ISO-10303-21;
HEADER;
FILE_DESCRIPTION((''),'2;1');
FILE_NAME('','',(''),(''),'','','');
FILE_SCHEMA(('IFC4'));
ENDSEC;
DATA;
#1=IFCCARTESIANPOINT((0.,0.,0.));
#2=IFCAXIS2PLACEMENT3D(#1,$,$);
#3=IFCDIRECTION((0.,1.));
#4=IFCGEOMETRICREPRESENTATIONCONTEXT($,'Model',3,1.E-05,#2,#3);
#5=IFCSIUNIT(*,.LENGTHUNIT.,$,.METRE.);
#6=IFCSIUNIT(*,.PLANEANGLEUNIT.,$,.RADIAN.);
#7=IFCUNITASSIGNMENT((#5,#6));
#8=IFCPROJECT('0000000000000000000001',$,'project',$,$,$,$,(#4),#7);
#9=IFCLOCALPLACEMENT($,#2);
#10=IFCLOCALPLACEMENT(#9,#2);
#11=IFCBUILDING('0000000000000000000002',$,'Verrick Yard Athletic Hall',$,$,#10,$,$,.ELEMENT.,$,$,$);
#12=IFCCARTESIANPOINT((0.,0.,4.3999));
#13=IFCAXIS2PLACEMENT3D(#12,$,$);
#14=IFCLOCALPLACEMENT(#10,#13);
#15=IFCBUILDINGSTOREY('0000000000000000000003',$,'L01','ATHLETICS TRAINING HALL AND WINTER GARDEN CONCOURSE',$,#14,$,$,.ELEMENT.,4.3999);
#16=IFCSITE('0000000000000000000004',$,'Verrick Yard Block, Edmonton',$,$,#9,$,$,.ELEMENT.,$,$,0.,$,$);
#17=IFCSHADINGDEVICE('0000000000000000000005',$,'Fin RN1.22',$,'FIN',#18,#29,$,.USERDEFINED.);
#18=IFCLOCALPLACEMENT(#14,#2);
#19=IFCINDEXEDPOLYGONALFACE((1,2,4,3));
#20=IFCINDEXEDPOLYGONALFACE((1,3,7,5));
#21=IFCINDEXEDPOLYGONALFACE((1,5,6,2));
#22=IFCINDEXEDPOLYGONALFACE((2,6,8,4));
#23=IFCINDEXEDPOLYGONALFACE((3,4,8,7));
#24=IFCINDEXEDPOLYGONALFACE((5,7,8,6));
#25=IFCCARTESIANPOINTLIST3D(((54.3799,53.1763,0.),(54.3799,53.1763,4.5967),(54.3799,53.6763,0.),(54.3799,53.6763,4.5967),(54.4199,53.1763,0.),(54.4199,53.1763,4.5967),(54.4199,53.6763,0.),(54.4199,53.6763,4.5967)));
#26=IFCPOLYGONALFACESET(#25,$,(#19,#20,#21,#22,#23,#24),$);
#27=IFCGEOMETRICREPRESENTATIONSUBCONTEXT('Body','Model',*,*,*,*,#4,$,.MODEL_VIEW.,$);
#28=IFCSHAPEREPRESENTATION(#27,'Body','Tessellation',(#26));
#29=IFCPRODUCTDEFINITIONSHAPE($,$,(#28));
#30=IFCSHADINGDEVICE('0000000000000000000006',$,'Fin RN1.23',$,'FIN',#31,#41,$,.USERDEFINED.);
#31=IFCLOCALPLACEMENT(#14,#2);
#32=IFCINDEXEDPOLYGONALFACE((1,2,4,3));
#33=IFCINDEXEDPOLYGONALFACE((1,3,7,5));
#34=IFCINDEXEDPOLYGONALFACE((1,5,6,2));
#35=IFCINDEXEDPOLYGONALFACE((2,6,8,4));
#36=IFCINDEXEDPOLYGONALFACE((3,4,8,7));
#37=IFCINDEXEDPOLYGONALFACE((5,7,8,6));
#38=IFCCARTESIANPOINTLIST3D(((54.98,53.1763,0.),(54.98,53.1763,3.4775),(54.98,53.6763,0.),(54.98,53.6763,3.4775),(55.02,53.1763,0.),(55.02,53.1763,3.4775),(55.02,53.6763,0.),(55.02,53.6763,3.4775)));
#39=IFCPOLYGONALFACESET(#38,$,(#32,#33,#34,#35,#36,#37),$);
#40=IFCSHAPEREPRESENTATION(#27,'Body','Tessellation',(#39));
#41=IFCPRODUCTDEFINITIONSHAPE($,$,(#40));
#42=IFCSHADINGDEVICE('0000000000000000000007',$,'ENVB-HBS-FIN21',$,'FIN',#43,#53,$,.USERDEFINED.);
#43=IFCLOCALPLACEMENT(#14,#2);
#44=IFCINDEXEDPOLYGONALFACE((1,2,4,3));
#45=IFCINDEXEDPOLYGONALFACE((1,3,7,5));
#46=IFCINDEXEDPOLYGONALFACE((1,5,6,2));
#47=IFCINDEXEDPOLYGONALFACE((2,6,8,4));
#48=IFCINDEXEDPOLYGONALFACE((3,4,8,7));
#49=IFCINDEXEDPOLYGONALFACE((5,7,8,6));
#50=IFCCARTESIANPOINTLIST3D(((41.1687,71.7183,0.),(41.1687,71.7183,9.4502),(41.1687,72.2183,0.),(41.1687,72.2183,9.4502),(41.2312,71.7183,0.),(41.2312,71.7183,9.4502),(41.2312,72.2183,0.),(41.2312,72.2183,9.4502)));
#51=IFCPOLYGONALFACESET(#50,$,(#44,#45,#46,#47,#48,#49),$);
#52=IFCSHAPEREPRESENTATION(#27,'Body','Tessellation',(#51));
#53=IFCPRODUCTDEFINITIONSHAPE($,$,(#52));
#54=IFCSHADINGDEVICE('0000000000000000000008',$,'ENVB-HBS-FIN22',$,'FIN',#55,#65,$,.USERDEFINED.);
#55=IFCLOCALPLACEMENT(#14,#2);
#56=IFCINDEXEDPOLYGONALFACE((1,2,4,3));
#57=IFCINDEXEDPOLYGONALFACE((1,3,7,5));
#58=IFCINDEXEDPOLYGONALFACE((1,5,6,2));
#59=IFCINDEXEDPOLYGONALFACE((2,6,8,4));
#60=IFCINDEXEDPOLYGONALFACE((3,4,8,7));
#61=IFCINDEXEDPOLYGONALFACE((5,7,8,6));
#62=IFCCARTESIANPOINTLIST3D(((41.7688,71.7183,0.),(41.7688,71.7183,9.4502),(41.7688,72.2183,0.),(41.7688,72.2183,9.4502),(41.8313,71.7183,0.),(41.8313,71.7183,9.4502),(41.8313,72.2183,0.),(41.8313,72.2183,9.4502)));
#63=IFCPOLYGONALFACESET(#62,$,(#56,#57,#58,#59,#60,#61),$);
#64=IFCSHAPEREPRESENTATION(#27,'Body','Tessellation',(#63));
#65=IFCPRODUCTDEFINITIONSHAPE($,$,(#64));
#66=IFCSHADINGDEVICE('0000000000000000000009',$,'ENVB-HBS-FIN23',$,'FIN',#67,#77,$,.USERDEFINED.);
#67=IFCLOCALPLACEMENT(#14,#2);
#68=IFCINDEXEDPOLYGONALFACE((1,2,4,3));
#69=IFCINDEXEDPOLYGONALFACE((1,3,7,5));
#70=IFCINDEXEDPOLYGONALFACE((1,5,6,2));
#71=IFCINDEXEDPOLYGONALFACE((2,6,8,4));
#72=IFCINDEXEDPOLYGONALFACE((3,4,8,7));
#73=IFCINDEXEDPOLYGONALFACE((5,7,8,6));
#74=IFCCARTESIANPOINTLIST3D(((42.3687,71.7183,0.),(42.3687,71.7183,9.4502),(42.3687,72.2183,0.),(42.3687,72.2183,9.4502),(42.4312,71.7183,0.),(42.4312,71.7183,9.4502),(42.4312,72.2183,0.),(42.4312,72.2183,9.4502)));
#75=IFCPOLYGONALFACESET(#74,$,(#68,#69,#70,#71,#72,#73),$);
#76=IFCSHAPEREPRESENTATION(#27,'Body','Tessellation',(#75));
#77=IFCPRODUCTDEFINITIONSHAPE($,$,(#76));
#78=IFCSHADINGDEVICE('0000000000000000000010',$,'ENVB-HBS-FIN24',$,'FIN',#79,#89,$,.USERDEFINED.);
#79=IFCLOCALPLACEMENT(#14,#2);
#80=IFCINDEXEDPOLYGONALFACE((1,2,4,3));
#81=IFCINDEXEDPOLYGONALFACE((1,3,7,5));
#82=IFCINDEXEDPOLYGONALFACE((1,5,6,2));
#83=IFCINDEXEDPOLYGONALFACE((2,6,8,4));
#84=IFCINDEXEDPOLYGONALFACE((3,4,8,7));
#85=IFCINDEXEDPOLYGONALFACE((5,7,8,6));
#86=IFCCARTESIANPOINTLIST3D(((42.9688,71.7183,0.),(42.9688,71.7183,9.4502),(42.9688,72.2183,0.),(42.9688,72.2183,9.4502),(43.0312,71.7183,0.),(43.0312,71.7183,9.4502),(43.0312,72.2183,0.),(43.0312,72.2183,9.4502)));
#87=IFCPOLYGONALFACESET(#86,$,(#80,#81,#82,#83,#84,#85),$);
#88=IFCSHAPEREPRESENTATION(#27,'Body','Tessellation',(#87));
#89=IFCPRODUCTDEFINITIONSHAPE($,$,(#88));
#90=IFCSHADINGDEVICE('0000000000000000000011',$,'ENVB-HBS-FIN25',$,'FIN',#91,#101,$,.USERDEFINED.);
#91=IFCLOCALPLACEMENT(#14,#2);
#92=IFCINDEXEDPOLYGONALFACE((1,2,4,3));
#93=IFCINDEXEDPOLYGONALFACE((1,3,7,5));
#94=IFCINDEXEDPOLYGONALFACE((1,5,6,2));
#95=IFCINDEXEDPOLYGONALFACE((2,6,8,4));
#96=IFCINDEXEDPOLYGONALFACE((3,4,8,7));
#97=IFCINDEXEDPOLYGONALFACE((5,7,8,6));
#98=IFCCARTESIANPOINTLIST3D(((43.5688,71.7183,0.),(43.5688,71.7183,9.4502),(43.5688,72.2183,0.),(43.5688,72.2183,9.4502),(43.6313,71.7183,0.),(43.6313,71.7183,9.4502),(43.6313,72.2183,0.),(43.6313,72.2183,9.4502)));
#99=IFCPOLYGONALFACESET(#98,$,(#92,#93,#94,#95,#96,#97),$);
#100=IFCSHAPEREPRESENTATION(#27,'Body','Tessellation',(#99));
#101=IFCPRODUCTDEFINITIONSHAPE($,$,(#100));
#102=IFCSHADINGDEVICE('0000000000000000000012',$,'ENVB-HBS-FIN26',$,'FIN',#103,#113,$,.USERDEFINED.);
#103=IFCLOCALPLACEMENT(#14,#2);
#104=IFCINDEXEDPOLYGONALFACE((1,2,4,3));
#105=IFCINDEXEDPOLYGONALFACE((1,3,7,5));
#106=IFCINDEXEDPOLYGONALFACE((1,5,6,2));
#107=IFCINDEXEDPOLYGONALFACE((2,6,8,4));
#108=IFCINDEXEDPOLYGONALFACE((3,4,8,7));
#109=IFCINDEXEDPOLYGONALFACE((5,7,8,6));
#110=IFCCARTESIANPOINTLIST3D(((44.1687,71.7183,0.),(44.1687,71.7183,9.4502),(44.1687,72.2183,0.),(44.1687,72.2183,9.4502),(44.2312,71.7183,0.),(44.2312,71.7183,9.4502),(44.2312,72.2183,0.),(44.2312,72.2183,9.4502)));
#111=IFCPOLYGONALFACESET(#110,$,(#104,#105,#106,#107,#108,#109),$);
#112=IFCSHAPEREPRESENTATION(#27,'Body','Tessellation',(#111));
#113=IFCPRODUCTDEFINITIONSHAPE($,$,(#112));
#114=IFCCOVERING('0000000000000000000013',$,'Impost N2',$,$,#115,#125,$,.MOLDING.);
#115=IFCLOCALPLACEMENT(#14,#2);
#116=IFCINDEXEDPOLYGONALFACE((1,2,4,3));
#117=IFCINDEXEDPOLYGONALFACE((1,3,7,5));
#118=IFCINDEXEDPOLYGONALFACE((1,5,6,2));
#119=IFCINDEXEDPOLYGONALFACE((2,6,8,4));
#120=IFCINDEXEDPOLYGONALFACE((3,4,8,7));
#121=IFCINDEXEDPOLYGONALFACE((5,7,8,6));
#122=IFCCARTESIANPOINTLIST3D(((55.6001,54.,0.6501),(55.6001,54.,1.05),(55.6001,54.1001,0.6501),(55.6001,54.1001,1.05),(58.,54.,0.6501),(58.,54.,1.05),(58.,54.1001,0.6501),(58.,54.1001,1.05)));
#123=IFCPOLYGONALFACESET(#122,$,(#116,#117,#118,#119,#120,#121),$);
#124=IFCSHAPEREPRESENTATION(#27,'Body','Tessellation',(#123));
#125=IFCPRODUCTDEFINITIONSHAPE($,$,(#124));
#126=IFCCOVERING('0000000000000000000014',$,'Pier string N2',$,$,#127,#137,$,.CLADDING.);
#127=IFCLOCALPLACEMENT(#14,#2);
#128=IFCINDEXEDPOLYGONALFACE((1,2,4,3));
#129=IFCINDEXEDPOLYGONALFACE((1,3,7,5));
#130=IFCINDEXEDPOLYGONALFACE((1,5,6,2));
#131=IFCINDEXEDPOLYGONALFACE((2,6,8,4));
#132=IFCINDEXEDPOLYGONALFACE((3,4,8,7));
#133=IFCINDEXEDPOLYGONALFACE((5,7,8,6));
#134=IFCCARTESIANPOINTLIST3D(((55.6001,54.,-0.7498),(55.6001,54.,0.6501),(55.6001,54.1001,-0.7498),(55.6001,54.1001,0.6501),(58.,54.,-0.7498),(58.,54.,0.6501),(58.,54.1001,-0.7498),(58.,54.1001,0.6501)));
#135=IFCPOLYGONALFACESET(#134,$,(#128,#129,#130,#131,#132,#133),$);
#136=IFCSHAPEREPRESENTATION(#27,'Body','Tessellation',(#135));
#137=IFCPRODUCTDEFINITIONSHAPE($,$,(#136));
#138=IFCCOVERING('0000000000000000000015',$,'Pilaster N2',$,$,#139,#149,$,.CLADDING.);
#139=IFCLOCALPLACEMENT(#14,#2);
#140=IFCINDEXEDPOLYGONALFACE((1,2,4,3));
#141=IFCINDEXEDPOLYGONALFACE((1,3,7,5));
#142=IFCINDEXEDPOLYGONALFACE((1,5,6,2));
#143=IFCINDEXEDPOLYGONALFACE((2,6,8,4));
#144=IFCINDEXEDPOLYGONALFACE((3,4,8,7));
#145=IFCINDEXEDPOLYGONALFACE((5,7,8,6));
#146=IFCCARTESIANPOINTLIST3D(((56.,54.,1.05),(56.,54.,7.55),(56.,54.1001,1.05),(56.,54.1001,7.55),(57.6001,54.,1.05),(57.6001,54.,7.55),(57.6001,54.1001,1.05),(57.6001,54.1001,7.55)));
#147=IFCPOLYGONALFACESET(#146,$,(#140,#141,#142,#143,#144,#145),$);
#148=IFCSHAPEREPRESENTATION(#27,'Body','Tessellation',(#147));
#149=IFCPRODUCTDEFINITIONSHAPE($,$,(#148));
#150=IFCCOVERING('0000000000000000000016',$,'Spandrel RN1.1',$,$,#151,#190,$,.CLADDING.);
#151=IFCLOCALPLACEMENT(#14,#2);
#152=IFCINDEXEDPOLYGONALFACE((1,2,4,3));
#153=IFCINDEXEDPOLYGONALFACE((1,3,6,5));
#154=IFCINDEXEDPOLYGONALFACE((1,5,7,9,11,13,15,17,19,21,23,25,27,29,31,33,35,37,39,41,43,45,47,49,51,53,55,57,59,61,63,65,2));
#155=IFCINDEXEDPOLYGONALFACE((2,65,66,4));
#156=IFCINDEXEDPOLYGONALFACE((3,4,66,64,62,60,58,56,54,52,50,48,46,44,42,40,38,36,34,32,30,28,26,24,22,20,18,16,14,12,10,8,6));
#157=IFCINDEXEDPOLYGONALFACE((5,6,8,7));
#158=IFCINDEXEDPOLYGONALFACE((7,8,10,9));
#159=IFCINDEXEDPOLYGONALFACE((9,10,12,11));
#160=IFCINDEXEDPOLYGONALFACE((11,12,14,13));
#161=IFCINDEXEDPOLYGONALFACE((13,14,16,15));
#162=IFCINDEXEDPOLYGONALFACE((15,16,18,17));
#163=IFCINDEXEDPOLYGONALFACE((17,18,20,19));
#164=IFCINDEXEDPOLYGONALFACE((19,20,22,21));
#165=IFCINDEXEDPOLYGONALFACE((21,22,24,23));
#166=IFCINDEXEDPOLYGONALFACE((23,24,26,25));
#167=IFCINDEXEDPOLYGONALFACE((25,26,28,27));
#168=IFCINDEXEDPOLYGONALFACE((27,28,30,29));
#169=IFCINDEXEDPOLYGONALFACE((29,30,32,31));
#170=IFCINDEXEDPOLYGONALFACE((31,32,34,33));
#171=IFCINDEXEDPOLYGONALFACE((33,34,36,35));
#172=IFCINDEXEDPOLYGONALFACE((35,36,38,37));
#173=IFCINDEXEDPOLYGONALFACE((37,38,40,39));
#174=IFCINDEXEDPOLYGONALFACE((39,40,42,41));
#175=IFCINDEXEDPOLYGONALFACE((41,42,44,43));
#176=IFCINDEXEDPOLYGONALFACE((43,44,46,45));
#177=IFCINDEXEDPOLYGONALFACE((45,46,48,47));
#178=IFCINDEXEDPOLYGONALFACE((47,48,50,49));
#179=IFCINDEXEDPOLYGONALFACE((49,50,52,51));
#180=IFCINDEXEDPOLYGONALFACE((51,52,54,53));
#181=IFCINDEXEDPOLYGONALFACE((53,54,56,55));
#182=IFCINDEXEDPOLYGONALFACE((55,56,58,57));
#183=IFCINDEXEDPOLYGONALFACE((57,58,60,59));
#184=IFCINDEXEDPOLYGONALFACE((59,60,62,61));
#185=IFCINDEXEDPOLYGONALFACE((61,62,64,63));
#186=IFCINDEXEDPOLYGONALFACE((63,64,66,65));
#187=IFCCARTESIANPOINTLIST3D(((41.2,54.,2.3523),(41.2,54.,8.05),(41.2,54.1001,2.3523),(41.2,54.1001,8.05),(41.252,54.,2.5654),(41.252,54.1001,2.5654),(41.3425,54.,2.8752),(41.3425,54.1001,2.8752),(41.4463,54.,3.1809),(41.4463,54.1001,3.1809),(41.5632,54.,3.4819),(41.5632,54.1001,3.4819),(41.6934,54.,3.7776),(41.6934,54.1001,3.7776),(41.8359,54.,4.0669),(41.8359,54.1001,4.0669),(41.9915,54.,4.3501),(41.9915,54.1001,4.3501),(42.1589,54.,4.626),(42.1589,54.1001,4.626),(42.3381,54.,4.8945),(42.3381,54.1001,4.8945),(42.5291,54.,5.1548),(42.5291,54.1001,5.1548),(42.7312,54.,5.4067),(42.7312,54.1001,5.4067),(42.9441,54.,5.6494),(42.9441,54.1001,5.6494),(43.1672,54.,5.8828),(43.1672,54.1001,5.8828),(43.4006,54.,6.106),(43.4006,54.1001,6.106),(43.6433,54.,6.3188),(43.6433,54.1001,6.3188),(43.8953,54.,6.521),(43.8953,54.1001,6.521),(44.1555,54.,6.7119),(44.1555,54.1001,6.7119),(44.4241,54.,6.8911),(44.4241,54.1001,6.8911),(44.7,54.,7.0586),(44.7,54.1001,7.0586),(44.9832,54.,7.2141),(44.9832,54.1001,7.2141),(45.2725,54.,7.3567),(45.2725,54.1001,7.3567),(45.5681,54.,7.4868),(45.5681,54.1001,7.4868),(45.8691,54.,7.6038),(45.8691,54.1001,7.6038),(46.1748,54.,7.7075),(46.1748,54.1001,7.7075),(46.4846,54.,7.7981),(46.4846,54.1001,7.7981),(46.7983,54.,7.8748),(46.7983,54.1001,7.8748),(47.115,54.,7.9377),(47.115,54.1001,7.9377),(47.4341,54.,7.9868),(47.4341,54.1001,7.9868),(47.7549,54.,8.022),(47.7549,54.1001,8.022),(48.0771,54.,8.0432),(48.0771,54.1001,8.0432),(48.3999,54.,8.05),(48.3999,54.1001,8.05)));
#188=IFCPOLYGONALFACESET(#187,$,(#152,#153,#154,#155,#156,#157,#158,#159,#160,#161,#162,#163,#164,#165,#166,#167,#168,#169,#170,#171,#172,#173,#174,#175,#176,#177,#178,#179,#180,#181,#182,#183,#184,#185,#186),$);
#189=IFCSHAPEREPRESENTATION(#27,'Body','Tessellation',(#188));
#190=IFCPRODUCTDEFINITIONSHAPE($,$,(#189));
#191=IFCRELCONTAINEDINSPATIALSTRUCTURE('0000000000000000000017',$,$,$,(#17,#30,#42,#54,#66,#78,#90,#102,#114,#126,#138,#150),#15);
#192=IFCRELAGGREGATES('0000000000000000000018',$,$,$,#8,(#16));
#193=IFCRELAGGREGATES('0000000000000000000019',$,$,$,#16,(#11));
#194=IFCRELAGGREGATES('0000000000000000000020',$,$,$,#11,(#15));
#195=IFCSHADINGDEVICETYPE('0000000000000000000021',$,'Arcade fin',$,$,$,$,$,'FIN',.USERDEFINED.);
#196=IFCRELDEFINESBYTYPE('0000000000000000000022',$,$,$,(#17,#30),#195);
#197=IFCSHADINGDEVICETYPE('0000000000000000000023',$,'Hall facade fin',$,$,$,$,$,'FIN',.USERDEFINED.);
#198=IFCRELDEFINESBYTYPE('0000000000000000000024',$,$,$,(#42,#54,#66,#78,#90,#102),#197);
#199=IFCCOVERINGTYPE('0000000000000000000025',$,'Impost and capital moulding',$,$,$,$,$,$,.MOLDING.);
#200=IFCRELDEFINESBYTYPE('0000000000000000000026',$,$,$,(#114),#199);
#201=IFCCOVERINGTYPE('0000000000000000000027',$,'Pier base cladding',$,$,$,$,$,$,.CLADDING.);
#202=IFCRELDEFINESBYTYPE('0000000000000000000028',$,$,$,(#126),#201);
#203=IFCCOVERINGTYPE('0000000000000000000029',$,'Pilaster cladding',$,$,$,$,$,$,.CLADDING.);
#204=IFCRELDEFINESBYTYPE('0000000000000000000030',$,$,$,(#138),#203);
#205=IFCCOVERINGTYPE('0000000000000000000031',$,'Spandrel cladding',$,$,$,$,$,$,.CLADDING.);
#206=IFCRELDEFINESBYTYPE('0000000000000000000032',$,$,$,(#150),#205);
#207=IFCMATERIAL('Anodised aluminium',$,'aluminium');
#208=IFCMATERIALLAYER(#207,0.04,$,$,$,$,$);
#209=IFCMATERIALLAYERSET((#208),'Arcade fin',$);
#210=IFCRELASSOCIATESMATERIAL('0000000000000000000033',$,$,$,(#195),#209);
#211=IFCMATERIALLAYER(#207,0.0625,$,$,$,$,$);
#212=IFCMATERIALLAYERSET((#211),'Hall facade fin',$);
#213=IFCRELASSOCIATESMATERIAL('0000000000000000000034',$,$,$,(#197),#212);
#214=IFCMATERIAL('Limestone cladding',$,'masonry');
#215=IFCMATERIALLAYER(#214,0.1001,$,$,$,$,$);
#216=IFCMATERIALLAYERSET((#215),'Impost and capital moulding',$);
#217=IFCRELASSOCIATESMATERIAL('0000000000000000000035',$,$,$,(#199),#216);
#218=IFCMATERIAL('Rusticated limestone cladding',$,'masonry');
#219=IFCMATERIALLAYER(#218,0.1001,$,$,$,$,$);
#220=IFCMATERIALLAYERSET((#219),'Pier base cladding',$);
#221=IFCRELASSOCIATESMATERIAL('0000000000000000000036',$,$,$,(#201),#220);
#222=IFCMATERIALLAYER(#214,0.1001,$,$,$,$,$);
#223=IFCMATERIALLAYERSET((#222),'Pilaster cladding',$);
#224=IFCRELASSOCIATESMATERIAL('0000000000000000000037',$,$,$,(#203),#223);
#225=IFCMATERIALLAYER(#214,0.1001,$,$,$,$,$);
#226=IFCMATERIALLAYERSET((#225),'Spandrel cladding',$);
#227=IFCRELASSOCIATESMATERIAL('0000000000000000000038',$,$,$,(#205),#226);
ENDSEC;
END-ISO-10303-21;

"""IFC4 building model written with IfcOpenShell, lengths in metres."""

from ifc_helpers import new_model, si_unit, direction, frame, origin, origin_2d, place, context, subcontext, project, spatial, polyline, rectangle, outline, extrude, material, layer, layer_set, type_object, element, save


model = new_model("IFC4")

# Units and contexts
model_context = context("Model", 3, precision=1e-05, world=origin(), true_north=direction((0.0, 1.0)))
body_context = subcontext(model_context, "Body", "Model", "MODEL_VIEW")
ifc_project = project(units=[si_unit("LENGTHUNIT", "METRE"), si_unit("PLANEANGLEUNIT", "RADIAN")], contexts=[model_context])

# Site, building, storey
site_placement = place(None, origin())
site = spatial("IfcSite", under=ifc_project, at=site_placement, Name="Verrick Yard Block, Edmonton", CompositionType="ELEMENT", RefElevation=0.0)
building_placement = place(site_placement, origin())
building = spatial("IfcBuilding", under=site, at=building_placement, Name="Verrick Yard Athletic Hall", CompositionType="ELEMENT")
storey_placement = place(building_placement, frame((0.0, 0.0, 4.3999)))
storey = spatial("IfcBuildingStorey", under=building, at=storey_placement, Name="L01", Description="ATHLETICS TRAINING HALL AND WINTER GARDEN CONCOURSE", CompositionType="ELEMENT", Elevation=4.3999)

# Shading devices
ifc_material_1 = material(Name="Anodised aluminium", Category="aluminium")
ifc_layer_1 = layer(ifc_material_1, 0.04)
ifc_layer_set_1 = layer_set([ifc_layer_1], Name="Arcade fin")
shading_device_type_1 = type_object("IfcShadingDeviceType", Name="Arcade fin", ElementType="FIN", PredefinedType="USERDEFINED", material=ifc_layer_set_1)
shading_device_1_placement = place(storey_placement, frame((54.3999, 53.1763, 0.0), z_axis=(0.0, 0.0, 1.0), x_axis=(0.0, 1.0, 0.0)))
element("IfcShadingDevice", 1, at=shading_device_1_placement, inside=storey, type_object=shading_device_type_1, Name="Fin RN1.22", ObjectType="FIN", PredefinedType="USERDEFINED", context=body_context, shape_type="SweptSolid", body=[
    extrude(outline(polyline([(0.0, 0.0), (0.5, 0.0), (0.5, 4.5967), (0.0, 4.5967), (0.0, 0.0)])), frame((0.0, 0.02, 0.0), z_axis=(0.0, -1.0, 0.0), x_axis=(1.0, 0.0, 0.0)), (0.0, 0.0, 1.0), 0.04),
])
shading_device_2_placement = place(storey_placement, frame((55.0, 53.1763, 0.0), z_axis=(0.0, 0.0, 1.0), x_axis=(0.0, 1.0, 0.0)))
element("IfcShadingDevice", 2, at=shading_device_2_placement, inside=storey, type_object=shading_device_type_1, Name="Fin RN1.23", ObjectType="FIN", PredefinedType="USERDEFINED", context=body_context, shape_type="SweptSolid", body=[
    extrude(outline(polyline([(0.0, 0.0), (0.5, 0.0), (0.5, 3.4775), (0.0, 3.4775), (0.0, 0.0)])), frame((0.0, 0.02, 0.0), z_axis=(0.0, -1.0, 0.0), x_axis=(1.0, 0.0, 0.0)), (0.0, 0.0, 1.0), 0.04),
])

# Shared definitions
ifc_material_2 = material(Name="Limestone cladding", Category="masonry")

# Shading devices
ifc_layer_2 = layer(ifc_material_1, 0.0625)
ifc_layer_set_2 = layer_set([ifc_layer_2], Name="Hall facade fin")
shading_device_type_2 = type_object("IfcShadingDeviceType", Name="Hall facade fin", ElementType="FIN", PredefinedType="USERDEFINED", material=ifc_layer_set_2)
for number, where, z_axis, x_axis, name in (
    (3, (41.2, 71.7183, 0.0), (0.0, 0.0, 1.0), (0.0, 1.0, 0.0), "ENVB-HBS-FIN21"),
    (4, (41.8, 71.7183, 0.0), (0.0, 0.0, 1.0), (0.0, 1.0, 0.0), "ENVB-HBS-FIN22"),
    (5, (42.3999, 71.7183, 0.0), (0.0, 0.0, 1.0), (0.0, 1.0, 0.0), "ENVB-HBS-FIN23"),
    (6, (43.0, 71.7183, 0.0), (0.0, 0.0, 1.0), (0.0, 1.0, 0.0), "ENVB-HBS-FIN24"),
    (7, (43.6001, 71.7183, 0.0), (0.0, 0.0, 1.0), (0.0, 1.0, 0.0), "ENVB-HBS-FIN25"),
    (8, (44.2, 71.7183, 0.0), (0.0, 0.0, 1.0), (0.0, 1.0, 0.0), "ENVB-HBS-FIN26"),
):
    element("IfcShadingDevice", number, at=place(storey_placement, frame(where, z_axis=z_axis, x_axis=x_axis)), inside=storey, type_object=shading_device_type_2, Name=name, ObjectType="FIN", PredefinedType="USERDEFINED", context=body_context, shape_type="SweptSolid", body=[
        extrude(outline(polyline([(0.0, 0.0), (0.5, 0.0), (0.5, 9.4502), (0.0, 9.4502), (0.0, 0.0)])), frame((0.0, 0.0312, 0.0), z_axis=(0.0, -1.0, 0.0), x_axis=(1.0, 0.0, 0.0)), (0.0, 0.0, 1.0), 0.0625),
    ])

# Coverings
ifc_layer_3 = layer(ifc_material_2, 0.1001)
ifc_layer_set_3 = layer_set([ifc_layer_3], Name="Impost and capital moulding")
covering_type_1 = type_object("IfcCoveringType", Name="Impost and capital moulding", PredefinedType="MOLDING", material=ifc_layer_set_3)
covering_1_placement = place(storey_placement, frame((56.8, 54.05, 0.6501), z_axis=(0.0, 0.0, 1.0), x_axis=(1.0, 0.0, 0.0)))
element("IfcCovering", 9, at=covering_1_placement, inside=storey, type_object=covering_type_1, Name="Impost N2", PredefinedType="MOLDING", context=body_context, shape_type="SweptSolid", body=[
    extrude(rectangle(XDim=2.3999, YDim=0.1001, at=origin_2d()), origin(), (0.0, 0.0, 1.0), 0.3999),
])
ifc_material_3 = material(Name="Rusticated limestone cladding", Category="masonry")
ifc_layer_4 = layer(ifc_material_3, 0.1001)
ifc_layer_set_4 = layer_set([ifc_layer_4], Name="Pier base cladding")
covering_type_2 = type_object("IfcCoveringType", Name="Pier base cladding", PredefinedType="CLADDING", material=ifc_layer_set_4)
covering_2_placement = place(storey_placement, frame((56.8, 54.05, -0.7498), z_axis=(0.0, 0.0, 1.0), x_axis=(1.0, 0.0, 0.0)))
element("IfcCovering", 10, at=covering_2_placement, inside=storey, type_object=covering_type_2, Name="Pier string N2", PredefinedType="CLADDING", context=body_context, shape_type="SweptSolid", body=[
    extrude(rectangle(XDim=2.3999, YDim=0.1001, at=origin_2d()), origin(), (0.0, 0.0, 1.0), 1.3999),
])
ifc_layer_5 = layer(ifc_material_2, 0.1001)
ifc_layer_set_5 = layer_set([ifc_layer_5], Name="Pilaster cladding")
covering_type_3 = type_object("IfcCoveringType", Name="Pilaster cladding", PredefinedType="CLADDING", material=ifc_layer_set_5)
covering_3_placement = place(storey_placement, frame((56.8, 54.05, 1.05), z_axis=(0.0, 0.0, 1.0), x_axis=(1.0, 0.0, 0.0)))
element("IfcCovering", 11, at=covering_3_placement, inside=storey, type_object=covering_type_3, Name="Pilaster N2", PredefinedType="CLADDING", context=body_context, shape_type="SweptSolid", body=[
    extrude(rectangle(XDim=1.6001, YDim=0.1001, at=origin_2d()), origin(), (0.0, 0.0, 1.0), 6.5),
])
ifc_layer_6 = layer(ifc_material_2, 0.1001)
ifc_layer_set_6 = layer_set([ifc_layer_6], Name="Spandrel cladding")
covering_type_4 = type_object("IfcCoveringType", Name="Spandrel cladding", PredefinedType="CLADDING", material=ifc_layer_set_6)
covering_4_placement = place(storey_placement, frame((41.2, 54.05, 2.3523), z_axis=(0.0, 0.0, 1.0), x_axis=(1.0, 0.0, 0.0)))
element("IfcCovering", 12, at=covering_4_placement, inside=storey, type_object=covering_type_4, Name="Spandrel RN1.1", PredefinedType="CLADDING", context=body_context, shape_type="SweptSolid", body=[
    extrude(outline(polyline([(0.0, 0.0), (0.052, 0.2131), (0.1426, 0.5229), (0.2463, 0.8286), (0.3633, 1.1296), (0.4934, 1.4253), (0.636, 1.7146), (0.7915, 1.9978), (0.959, 2.2737), (1.1382, 2.5422), (1.3291, 2.8025), (1.5312, 3.0544), (1.7441, 3.2971), (1.9673, 3.5305), (2.2007, 3.7537), (2.4434, 3.9666), (2.6953, 4.1687), (2.9556, 4.3596), (3.2241, 4.5388), (3.5, 4.7063), (3.7832, 4.8618), (4.0725, 5.0044), (4.3682, 5.1345), (4.6692, 5.2515), (4.9749, 5.3552), (5.2847, 5.4458), (5.5984, 5.5225), (5.915, 5.5854), (6.2341, 5.6345), (6.5549, 5.6697), (6.8772, 5.6909), (7.2, 5.6978), (0.0, 5.6978), (0.0, 0.0)])), frame((0.0, 0.05, 0.0), z_axis=(0.0, -1.0, 0.0), x_axis=(1.0, 0.0, 0.0)), (0.0, 0.0, 1.0), 0.1001),
])

save(model, "model.ifc")
